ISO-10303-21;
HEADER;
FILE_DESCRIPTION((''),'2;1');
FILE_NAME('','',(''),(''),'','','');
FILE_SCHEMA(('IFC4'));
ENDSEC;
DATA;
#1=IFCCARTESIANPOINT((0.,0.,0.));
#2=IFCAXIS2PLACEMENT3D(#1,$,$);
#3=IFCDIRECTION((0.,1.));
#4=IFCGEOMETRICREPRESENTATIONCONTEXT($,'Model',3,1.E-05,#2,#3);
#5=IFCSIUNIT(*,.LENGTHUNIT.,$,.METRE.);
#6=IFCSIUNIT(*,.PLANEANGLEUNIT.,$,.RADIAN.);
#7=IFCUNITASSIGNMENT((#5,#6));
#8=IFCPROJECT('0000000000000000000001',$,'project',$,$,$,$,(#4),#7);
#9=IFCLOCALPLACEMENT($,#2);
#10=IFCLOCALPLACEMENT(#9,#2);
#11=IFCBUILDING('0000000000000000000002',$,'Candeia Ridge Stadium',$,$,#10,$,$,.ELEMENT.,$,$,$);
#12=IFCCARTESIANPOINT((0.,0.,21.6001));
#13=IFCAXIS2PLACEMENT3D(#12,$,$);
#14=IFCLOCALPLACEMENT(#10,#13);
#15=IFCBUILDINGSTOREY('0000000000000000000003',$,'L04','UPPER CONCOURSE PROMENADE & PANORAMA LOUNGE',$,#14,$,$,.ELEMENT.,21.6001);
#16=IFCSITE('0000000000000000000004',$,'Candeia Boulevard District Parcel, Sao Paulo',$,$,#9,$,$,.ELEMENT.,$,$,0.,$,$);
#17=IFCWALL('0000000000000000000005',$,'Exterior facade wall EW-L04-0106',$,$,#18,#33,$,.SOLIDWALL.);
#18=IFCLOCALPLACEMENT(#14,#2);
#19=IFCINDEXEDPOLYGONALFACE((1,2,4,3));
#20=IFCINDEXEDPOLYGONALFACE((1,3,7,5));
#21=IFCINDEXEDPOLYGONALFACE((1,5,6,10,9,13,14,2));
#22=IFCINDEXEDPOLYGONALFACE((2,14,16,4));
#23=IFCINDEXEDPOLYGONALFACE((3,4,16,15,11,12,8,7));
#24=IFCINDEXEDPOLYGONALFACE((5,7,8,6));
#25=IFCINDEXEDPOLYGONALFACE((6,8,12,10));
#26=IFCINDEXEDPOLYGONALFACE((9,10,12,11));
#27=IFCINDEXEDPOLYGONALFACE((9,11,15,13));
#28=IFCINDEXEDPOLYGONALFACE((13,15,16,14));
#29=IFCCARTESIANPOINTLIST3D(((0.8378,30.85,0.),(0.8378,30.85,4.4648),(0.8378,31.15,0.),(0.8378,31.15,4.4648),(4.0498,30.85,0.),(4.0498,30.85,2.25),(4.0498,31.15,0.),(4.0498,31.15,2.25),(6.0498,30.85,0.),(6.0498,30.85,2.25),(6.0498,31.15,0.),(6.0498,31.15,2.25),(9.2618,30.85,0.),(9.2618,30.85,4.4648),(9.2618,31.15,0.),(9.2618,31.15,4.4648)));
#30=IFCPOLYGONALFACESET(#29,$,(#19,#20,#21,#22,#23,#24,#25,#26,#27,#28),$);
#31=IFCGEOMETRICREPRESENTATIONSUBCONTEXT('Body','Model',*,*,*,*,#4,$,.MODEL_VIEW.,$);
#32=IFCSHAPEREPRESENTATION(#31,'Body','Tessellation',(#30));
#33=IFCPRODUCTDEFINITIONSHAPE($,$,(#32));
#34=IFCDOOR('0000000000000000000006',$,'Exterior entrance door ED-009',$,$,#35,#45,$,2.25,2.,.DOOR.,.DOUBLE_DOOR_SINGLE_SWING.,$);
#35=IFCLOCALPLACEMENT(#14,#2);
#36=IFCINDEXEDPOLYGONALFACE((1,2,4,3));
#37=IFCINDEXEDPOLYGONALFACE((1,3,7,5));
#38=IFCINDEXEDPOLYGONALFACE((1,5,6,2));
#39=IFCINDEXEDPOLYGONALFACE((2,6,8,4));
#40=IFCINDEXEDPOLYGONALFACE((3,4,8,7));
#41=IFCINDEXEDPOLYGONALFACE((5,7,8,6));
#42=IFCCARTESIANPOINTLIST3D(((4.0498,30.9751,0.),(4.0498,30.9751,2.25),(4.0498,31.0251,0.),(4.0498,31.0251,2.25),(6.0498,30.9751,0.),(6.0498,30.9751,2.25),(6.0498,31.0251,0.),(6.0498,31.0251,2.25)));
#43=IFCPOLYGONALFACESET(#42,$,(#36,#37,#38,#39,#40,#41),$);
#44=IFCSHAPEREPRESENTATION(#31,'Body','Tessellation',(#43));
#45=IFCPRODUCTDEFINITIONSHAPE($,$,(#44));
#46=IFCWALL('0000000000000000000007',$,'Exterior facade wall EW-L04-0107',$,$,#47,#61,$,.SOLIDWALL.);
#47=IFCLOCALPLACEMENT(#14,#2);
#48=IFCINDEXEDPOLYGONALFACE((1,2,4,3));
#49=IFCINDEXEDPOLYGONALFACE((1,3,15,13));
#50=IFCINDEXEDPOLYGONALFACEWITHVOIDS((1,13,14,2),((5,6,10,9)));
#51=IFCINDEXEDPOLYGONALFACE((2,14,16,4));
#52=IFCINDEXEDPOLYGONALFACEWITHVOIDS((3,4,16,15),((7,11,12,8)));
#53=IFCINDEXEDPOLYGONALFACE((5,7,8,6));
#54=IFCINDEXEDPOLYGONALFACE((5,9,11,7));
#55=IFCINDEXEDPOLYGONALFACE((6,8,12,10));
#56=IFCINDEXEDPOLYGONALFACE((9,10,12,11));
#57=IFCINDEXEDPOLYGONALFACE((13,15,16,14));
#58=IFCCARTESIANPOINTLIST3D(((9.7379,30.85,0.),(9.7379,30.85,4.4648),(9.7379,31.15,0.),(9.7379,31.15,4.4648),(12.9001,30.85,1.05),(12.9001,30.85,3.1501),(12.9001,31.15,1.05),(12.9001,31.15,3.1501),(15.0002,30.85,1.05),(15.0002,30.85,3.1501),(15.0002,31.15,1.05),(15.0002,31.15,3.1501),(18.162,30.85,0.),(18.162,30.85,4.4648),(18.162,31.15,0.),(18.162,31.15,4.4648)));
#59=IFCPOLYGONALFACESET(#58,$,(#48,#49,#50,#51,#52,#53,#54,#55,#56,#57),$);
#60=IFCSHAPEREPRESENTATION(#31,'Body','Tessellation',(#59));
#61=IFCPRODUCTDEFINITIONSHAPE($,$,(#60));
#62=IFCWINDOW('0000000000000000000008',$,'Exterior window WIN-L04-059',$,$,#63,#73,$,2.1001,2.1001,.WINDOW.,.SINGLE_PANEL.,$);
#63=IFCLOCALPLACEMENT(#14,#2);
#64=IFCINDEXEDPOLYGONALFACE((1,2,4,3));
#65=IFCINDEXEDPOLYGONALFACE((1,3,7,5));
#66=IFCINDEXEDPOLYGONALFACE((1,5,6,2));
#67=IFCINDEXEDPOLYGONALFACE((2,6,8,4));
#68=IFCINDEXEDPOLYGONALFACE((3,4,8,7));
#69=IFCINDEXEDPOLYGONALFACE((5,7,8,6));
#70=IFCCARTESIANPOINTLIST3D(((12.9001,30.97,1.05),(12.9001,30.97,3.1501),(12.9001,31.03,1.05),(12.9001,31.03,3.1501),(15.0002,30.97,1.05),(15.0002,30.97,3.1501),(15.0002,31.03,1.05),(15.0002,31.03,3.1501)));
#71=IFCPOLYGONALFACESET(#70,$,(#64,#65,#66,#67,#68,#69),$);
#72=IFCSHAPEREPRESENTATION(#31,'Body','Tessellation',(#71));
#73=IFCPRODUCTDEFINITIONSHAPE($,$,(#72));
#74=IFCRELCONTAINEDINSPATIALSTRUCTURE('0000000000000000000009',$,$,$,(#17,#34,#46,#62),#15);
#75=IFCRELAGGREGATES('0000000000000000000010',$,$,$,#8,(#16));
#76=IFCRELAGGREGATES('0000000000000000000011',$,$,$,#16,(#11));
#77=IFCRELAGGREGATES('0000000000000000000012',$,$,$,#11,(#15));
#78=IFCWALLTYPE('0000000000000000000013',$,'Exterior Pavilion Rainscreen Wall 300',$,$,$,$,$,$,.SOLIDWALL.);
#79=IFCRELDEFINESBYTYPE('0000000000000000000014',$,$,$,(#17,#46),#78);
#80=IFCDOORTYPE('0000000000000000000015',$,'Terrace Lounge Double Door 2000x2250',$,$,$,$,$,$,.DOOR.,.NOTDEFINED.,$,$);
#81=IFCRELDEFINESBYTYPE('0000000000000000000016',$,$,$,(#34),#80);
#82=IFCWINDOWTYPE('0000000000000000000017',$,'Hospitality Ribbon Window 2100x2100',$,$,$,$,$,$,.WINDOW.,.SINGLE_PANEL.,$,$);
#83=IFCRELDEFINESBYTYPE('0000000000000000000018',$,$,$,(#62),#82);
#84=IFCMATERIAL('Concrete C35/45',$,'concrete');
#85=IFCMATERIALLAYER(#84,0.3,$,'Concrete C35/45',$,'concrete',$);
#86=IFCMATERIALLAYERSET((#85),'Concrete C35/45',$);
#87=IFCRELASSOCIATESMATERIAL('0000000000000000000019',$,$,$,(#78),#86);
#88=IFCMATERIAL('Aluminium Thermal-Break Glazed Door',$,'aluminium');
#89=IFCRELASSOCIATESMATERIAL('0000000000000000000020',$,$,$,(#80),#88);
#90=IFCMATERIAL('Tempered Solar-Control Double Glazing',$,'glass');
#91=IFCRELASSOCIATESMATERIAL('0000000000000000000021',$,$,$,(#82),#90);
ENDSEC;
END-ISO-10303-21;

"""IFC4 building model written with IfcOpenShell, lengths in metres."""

from ifc_helpers import new_model, si_unit, direction, frame, frame_2d, origin, place, context, subcontext, project, spatial, rectangle, extrude, material, layer, layer_set, type_object, element, fill, save


model = new_model("IFC4")

# Units and contexts
model_context = context("Model", 3, precision=1e-05, world=origin(), true_north=direction((0.0, 1.0)))
body_context = subcontext(model_context, "Body", "Model", "MODEL_VIEW")
ifc_project = project(units=[si_unit("LENGTHUNIT", "METRE"), si_unit("PLANEANGLEUNIT", "RADIAN")], contexts=[model_context])

# Site, building, storey
site_placement = place(None, origin())
site = spatial("IfcSite", under=ifc_project, at=site_placement, Name="Candeia Boulevard District Parcel, Sao Paulo", CompositionType="ELEMENT", RefElevation=0.0)
building_placement = place(site_placement, origin())
building = spatial("IfcBuilding", under=site, at=building_placement, Name="Candeia Ridge Stadium", CompositionType="ELEMENT")
storey_placement = place(building_placement, frame((0.0, 0.0, 21.6001)))
storey = spatial("IfcBuildingStorey", under=building, at=storey_placement, Name="L04", Description="UPPER CONCOURSE PROMENADE & PANORAMA LOUNGE", CompositionType="ELEMENT", Elevation=21.6001)

# Shared definitions
ifc_material_1 = material(Name="Concrete C35/45", Category="concrete")
ifc_material_2 = material(Name="Tempered Solar-Control Double Glazing", Category="glass")

# Wall, opening, door
ifc_layer_1 = layer(ifc_material_1, 0.3, Name="Concrete C35/45", Category="concrete")
ifc_layer_set_1 = layer_set([ifc_layer_1], Name="Concrete C35/45")
wall_type_1 = type_object("IfcWallType", Name="Exterior Pavilion Rainscreen Wall 300", PredefinedType="SOLIDWALL", material=ifc_layer_set_1)
wall_1_placement = place(storey_placement, frame((0.8379, 31.0, 0.0), z_axis=(0.0, 0.0, 1.0), x_axis=(1.0, 0.0, 0.0)))
wall_1 = element("IfcWall", 1, at=wall_1_placement, inside=storey, type_object=wall_type_1, Name="Exterior facade wall EW-L04-0106", PredefinedType="SOLIDWALL", context=body_context, shape_type="SweptSolid", body=[
    extrude(rectangle(XDim=8.4241, YDim=0.3, at=frame_2d((4.2119, 0.0))), origin(), (0.0, 0.0, 1.0), 4.4648),
])
opening_1_placement = place(wall_1_placement, frame((3.2119, 0.0, 0.0)))
opening_1 = element("IfcOpeningElement", 2, at=opening_1_placement, cuts=wall_1, PredefinedType="OPENING", context=body_context, shape_type="SweptSolid", body=[
    extrude(rectangle(XDim=2.0, YDim=2.25, at=frame_2d((1.0, 1.125))), frame((0.0, 0.1599, 0.0), z_axis=(0.0, -1.0, 0.0), x_axis=(1.0, 0.0, 0.0)), (0.0, 0.0, 1.0), 0.3201),
])
ifc_material_3 = material(Name="Aluminium Thermal-Break Glazed Door", Category="aluminium")
door_type_1 = type_object("IfcDoorType", Name="Terrace Lounge Double Door 2000x2250", OperationType="NOTDEFINED", PredefinedType="DOOR", material=ifc_material_3)
door_1_placement = place(opening_1_placement, frame((2.0, 0.0, 0.0), z_axis=(0.0, 0.0, 1.0), x_axis=(-1.0, 0.0, 0.0)))
door_1 = element("IfcDoor", 3, at=door_1_placement, inside=storey, type_object=door_type_1, Name="Exterior entrance door ED-009", OperationType="DOUBLE_DOOR_SINGLE_SWING", OverallHeight=2.25, OverallWidth=2.0, PredefinedType="DOOR", context=body_context, shape_type="SweptSolid", body=[
    extrude(rectangle(XDim=2.0, YDim=2.25, at=frame_2d((1.0, 1.125))), frame((0.0, 0.0249, 0.0), z_axis=(0.0, -1.0, 0.0), x_axis=(1.0, 0.0, 0.0)), (0.0, 0.0, 1.0), 0.05),
])
fill(opening_1, door_1)

# Wall, opening, window
wall_2_placement = place(storey_placement, frame((9.738, 31.0, 0.0), z_axis=(0.0, 0.0, 1.0), x_axis=(1.0, 0.0, 0.0)))
wall_2 = element("IfcWall", 4, at=wall_2_placement, inside=storey, type_object=wall_type_1, Name="Exterior facade wall EW-L04-0107", PredefinedType="SOLIDWALL", context=body_context, shape_type="SweptSolid", body=[
    extrude(rectangle(XDim=8.4241, YDim=0.3, at=frame_2d((4.2119, 0.0))), origin(), (0.0, 0.0, 1.0), 4.4648),
])
opening_2_placement = place(wall_2_placement, frame((3.1621, 0.0, 1.05)))
opening_2 = element("IfcOpeningElement", 5, at=opening_2_placement, cuts=wall_2, PredefinedType="OPENING", context=body_context, shape_type="SweptSolid", body=[
    extrude(rectangle(XDim=2.1001, YDim=2.1001, at=frame_2d((1.05, 1.05))), frame((0.0, 0.1599, 0.0), z_axis=(0.0, -1.0, 0.0), x_axis=(1.0, 0.0, 0.0)), (0.0, 0.0, 1.0), 0.3201),
])
window_type_1 = type_object("IfcWindowType", Name="Hospitality Ribbon Window 2100x2100", PartitioningType="SINGLE_PANEL", PredefinedType="WINDOW", material=ifc_material_2)
window_1_placement = place(opening_2_placement, origin())
window_1 = element("IfcWindow", 6, at=window_1_placement, inside=storey, type_object=window_type_1, Name="Exterior window WIN-L04-059", OverallHeight=2.1001, OverallWidth=2.1001, PartitioningType="SINGLE_PANEL", PredefinedType="WINDOW", context=body_context, shape_type="SweptSolid", body=[
    extrude(rectangle(XDim=2.1001, YDim=2.1001, at=frame_2d((1.05, 1.05))), frame((0.0, 0.03, 0.0), z_axis=(0.0, -1.0, 0.0), x_axis=(1.0, 0.0, 0.0)), (0.0, 0.0, 1.0), 0.0601),
])
fill(opening_2, window_1)

save(model, "model.ifc")
